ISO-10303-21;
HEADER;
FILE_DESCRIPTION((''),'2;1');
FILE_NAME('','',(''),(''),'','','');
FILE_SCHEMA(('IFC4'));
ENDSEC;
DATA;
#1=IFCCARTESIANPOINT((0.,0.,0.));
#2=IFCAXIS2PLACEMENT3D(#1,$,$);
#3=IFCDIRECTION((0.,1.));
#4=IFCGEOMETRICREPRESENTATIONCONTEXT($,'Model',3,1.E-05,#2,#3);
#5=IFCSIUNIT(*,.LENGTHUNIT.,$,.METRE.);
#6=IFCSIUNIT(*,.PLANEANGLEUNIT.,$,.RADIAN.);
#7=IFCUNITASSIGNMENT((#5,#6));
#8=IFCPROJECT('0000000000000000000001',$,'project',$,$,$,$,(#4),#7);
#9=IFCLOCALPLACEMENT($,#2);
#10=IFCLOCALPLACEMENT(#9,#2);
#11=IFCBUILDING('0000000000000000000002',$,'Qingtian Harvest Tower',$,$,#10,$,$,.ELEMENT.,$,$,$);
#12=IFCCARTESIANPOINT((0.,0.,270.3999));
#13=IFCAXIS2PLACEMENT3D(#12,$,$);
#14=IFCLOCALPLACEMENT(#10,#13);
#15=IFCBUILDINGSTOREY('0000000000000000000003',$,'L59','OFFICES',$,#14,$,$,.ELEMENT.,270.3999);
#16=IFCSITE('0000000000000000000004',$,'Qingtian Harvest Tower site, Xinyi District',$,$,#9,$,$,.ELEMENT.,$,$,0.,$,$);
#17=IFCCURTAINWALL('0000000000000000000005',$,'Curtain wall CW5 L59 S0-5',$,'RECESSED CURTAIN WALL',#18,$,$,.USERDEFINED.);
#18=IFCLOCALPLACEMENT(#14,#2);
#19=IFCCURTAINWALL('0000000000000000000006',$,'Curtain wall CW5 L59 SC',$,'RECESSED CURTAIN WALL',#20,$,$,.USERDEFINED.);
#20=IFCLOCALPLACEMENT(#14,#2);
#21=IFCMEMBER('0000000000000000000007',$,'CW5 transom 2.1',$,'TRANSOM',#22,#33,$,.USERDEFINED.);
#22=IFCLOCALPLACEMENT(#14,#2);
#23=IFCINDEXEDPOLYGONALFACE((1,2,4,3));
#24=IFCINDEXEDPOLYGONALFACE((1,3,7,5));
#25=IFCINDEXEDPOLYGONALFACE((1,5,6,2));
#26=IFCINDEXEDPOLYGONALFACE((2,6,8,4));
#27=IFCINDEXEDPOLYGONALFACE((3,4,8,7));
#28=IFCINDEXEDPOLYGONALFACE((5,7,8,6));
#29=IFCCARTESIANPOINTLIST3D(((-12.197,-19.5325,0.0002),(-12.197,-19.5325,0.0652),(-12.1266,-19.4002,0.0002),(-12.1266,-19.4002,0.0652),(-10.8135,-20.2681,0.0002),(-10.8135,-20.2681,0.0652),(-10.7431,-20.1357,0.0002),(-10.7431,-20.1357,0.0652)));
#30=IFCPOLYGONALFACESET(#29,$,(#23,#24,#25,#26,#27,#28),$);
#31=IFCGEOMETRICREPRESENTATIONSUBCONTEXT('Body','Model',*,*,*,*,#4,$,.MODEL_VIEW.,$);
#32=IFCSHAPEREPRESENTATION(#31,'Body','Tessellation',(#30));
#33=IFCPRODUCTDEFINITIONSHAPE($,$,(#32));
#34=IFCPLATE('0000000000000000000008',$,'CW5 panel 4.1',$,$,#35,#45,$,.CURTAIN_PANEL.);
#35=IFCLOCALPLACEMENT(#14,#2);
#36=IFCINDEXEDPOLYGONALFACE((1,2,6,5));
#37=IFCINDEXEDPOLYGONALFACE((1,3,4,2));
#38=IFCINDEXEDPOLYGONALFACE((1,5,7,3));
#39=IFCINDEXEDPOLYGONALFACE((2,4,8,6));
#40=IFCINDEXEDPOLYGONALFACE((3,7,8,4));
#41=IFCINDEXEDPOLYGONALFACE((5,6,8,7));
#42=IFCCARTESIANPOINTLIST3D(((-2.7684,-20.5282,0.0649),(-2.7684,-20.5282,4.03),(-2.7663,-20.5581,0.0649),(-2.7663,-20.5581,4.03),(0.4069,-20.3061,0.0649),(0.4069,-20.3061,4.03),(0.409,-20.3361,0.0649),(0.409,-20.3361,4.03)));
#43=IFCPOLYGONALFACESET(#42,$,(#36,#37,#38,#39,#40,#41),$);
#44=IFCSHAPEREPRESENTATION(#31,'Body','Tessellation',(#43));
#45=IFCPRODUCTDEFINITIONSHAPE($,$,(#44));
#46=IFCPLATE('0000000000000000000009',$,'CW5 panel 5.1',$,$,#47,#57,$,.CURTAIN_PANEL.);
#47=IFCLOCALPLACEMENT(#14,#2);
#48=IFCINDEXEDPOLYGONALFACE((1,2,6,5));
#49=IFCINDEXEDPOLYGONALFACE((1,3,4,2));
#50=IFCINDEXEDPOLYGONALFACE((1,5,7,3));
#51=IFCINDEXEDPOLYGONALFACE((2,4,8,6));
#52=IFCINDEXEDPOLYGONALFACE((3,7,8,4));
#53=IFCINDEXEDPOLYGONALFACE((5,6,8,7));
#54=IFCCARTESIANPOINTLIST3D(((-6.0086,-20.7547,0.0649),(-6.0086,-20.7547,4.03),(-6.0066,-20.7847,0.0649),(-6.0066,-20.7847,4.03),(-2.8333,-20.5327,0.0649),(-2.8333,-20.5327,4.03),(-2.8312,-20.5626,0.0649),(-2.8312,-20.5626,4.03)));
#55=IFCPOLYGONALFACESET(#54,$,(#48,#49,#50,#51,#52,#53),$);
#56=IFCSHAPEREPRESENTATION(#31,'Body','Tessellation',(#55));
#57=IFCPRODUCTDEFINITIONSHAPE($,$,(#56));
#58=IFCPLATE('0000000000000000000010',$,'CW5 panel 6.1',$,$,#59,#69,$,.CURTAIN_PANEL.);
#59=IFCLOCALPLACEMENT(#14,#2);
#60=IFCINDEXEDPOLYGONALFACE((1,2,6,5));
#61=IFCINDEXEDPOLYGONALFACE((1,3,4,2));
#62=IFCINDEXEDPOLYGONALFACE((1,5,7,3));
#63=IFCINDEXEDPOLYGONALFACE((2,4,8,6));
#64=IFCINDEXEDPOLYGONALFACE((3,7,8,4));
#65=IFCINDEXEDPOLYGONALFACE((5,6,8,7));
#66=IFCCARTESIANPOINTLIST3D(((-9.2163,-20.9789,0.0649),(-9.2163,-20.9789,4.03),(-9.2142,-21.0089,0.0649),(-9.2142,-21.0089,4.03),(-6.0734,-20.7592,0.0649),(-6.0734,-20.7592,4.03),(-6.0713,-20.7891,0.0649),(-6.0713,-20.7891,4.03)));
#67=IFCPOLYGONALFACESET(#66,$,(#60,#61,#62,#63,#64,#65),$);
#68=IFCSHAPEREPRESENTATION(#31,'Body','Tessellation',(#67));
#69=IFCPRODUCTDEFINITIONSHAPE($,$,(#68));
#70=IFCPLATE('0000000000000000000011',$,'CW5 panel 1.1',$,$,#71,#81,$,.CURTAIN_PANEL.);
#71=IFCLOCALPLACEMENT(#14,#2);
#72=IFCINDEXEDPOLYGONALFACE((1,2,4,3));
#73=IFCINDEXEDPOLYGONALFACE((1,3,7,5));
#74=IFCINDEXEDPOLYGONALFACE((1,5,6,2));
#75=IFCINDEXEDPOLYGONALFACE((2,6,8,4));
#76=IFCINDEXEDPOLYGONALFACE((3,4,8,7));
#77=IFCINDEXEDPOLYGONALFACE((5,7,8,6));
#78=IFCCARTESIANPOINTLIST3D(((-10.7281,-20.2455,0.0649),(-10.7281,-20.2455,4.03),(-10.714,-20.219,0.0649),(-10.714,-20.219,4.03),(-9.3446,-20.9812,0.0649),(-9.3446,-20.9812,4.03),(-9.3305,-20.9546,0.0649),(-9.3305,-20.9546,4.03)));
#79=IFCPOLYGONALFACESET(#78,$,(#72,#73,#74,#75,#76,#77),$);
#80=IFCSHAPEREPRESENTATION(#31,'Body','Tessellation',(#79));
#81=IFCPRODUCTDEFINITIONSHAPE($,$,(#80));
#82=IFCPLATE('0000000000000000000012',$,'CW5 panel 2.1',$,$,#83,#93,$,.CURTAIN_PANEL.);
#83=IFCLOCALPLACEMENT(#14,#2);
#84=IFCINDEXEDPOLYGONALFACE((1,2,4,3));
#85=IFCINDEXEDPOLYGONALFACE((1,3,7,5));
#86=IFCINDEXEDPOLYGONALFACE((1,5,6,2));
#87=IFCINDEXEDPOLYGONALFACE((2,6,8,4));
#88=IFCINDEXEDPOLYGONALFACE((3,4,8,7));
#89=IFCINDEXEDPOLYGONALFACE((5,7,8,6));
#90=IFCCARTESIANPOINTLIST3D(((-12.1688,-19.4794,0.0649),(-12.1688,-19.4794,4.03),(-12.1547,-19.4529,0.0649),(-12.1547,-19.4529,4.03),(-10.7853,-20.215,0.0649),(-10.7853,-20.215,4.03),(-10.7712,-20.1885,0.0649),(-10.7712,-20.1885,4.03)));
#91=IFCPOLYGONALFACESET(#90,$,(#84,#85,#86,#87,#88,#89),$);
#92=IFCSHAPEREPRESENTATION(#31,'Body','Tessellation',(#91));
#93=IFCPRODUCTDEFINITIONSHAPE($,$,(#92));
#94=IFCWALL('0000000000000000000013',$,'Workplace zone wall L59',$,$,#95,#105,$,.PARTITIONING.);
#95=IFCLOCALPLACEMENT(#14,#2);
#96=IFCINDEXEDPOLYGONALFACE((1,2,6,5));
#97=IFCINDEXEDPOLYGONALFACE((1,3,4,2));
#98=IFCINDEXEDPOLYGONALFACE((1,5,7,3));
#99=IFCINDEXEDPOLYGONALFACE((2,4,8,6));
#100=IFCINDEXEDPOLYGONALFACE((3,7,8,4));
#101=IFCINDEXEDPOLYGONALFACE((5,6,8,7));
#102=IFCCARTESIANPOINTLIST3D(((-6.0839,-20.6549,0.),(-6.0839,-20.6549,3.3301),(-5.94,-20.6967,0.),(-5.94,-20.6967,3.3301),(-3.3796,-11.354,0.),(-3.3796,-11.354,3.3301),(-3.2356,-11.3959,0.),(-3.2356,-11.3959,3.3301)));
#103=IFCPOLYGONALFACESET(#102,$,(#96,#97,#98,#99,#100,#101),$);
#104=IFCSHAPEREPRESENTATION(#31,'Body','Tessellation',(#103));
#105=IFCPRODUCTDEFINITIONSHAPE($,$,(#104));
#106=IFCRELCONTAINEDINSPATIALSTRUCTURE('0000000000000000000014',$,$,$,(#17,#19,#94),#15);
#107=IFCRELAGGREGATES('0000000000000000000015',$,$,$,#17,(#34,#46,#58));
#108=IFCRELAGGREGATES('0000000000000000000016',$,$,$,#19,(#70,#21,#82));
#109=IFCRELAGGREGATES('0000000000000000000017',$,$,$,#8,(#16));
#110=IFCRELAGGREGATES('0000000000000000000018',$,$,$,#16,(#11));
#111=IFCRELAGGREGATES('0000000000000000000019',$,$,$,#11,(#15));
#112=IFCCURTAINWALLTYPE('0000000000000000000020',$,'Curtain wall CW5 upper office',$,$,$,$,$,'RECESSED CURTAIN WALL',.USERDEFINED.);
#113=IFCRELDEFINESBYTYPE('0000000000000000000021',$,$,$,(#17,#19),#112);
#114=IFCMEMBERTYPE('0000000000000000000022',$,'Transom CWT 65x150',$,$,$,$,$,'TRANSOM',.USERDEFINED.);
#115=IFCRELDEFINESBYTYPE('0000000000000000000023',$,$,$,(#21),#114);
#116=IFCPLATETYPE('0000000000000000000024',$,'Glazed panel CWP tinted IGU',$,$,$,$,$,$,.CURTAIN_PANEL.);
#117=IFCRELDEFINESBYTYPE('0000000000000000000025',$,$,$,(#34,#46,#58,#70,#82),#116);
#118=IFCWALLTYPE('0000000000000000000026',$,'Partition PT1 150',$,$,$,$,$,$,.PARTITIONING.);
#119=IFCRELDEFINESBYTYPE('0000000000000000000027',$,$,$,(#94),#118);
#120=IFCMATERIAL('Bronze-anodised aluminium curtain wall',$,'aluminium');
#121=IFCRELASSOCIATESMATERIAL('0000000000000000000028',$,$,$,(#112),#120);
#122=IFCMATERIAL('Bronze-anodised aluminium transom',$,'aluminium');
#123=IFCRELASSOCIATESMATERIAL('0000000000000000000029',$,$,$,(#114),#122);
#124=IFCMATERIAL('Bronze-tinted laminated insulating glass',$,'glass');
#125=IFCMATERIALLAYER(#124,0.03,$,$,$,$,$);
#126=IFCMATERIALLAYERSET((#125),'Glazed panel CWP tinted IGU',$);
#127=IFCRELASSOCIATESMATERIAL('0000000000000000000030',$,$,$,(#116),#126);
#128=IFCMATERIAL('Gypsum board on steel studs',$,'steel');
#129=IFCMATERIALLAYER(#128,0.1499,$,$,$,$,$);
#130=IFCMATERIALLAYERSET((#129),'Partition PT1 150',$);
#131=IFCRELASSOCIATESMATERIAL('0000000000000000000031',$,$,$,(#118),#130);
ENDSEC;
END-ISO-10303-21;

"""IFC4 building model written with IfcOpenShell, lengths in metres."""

from ifc_helpers import new_model, si_unit, direction, frame, frame_2d, origin, origin_2d, place, context, subcontext, project, spatial, rectangle, extrude, material, layer, layer_set, material_profile, profile_set, type_object, element, aggregate, save


model = new_model("IFC4")

# Units and contexts
model_context = context("Model", 3, precision=1e-05, world=origin(), true_north=direction((0.0, 1.0)))
body_context = subcontext(model_context, "Body", "Model", "MODEL_VIEW")
ifc_project = project(units=[si_unit("LENGTHUNIT", "METRE"), si_unit("PLANEANGLEUNIT", "RADIAN")], contexts=[model_context])

# Site, building, storey
site_placement = place(None, origin())
site = spatial("IfcSite", under=ifc_project, at=site_placement, Name="Qingtian Harvest Tower site, Xinyi District", CompositionType="ELEMENT", RefElevation=0.0)
building_placement = place(site_placement, origin())
building = spatial("IfcBuilding", under=site, at=building_placement, Name="Qingtian Harvest Tower", CompositionType="ELEMENT")
storey_placement = place(building_placement, frame((0.0, 0.0, 270.3999)))
storey = spatial("IfcBuildingStorey", under=building, at=storey_placement, Name="L59", Description="OFFICES", CompositionType="ELEMENT", Elevation=270.3999)

# Curtain walls
ifc_material_1 = material(Name="Bronze-anodised aluminium curtain wall", Category="aluminium")
curtain_wall_type = type_object("IfcCurtainWallType", Name="Curtain wall CW5 upper office", ElementType="RECESSED CURTAIN WALL", PredefinedType="USERDEFINED", material=ifc_material_1)
curtain_wall_1_placement = place(storey_placement, origin())
curtain_wall_1 = element("IfcCurtainWall", 1, at=curtain_wall_1_placement, inside=storey, type_object=curtain_wall_type, Name="Curtain wall CW5 L59 S0-5", ObjectType="RECESSED CURTAIN WALL", PredefinedType="USERDEFINED")
curtain_wall_2_placement = place(storey_placement, origin())
curtain_wall_2 = element("IfcCurtainWall", 2, at=curtain_wall_2_placement, inside=storey, type_object=curtain_wall_type, Name="Curtain wall CW5 L59 SC", ObjectType="RECESSED CURTAIN WALL", PredefinedType="USERDEFINED")

# Member
ifc_material_2 = material(Name="Bronze-anodised aluminium transom", Category="aluminium")
ifc_material_profile_1 = material_profile(ifc_material_2, rectangle(XDim=0.1499, YDim=0.0649, at=origin_2d()), Name="AL 65x150")
ifc_profile_set_1 = profile_set([ifc_material_profile_1], Name="Bronze-anodised aluminium transom")
member_type_1 = type_object("IfcMemberType", Name="Transom CWT 65x150", ElementType="TRANSOM", PredefinedType="USERDEFINED", material=ifc_profile_set_1)
member_1_placement = place(storey_placement, frame((-10.7783, -20.2019, 0.0327), z_axis=(-0.88296, 0.469448, 0.0), x_axis=(-0.469448, -0.88296, 0.0)))
member_1 = element("IfcMember", 3, at=member_1_placement, type_object=member_type_1, Name="CW5 transom 2.1", ObjectType="TRANSOM", PredefinedType="USERDEFINED", context=body_context, shape_type="SweptSolid", body=[
    extrude(rectangle(XDim=0.1499, YDim=0.0649, at=origin_2d()), origin(), (0.0, 0.0, 1.0), 1.5669),
])

# Plates
ifc_material_3 = material(Name="Bronze-tinted laminated insulating glass", Category="glass")
ifc_layer_1 = layer(ifc_material_3, 0.03)
ifc_layer_set_1 = layer_set([ifc_layer_1], Name="Glazed panel CWP tinted IGU")
plate_type = type_object("IfcPlateType", Name="Glazed panel CWP tinted IGU", PredefinedType="CURTAIN_PANEL", material=ifc_layer_set_1)
plate_1_placement = place(storey_placement, frame((-1.1797, -20.4321, 0.0649), z_axis=(0.0, 0.0, 1.0), x_axis=(-0.997564, -0.069756, 0.0)))
plate_1 = element("IfcPlate", 4, at=plate_1_placement, type_object=plate_type, Name="CW5 panel 4.1", PredefinedType="CURTAIN_PANEL", context=body_context, shape_type="SweptSolid", body=[
    extrude(rectangle(XDim=3.1831, YDim=0.03, at=origin_2d()), origin(), (0.0, 0.0, 1.0), 3.9651),
])
plate_2_placement = place(storey_placement, frame((-4.4199, -20.6587, 0.0649), z_axis=(0.0, 0.0, 1.0), x_axis=(-0.997564, -0.069756, 0.0)))
plate_2 = element("IfcPlate", 5, at=plate_2_placement, type_object=plate_type, Name="CW5 panel 5.1", PredefinedType="CURTAIN_PANEL", context=body_context, shape_type="SweptSolid", body=[
    extrude(rectangle(XDim=3.1831, YDim=0.03, at=origin_2d()), origin(), (0.0, 0.0, 1.0), 3.9651),
])
plate_3_placement = place(storey_placement, frame((-7.6438, -20.884, 0.0649), z_axis=(0.0, 0.0, 1.0), x_axis=(-0.997564, -0.069756, 0.0)))
plate_3 = element("IfcPlate", 6, at=plate_3_placement, type_object=plate_type, Name="CW5 panel 6.1", PredefinedType="CURTAIN_PANEL", context=body_context, shape_type="SweptSolid", body=[
    extrude(rectangle(XDim=3.1506, YDim=0.03, at=origin_2d()), origin(), (0.0, 0.0, 1.0), 3.9651),
])
aggregate(curtain_wall_1, [plate_1, plate_2, plate_3])
plate_4_placement = place(storey_placement, frame((-10.0293, -20.6001, 0.0649), z_axis=(0.0, 0.0, 1.0), x_axis=(-0.882948, 0.469472, 0.0)))
plate_4 = element("IfcPlate", 7, at=plate_4_placement, type_object=plate_type, Name="CW5 panel 1.1", PredefinedType="CURTAIN_PANEL", context=body_context, shape_type="SweptSolid", body=[
    extrude(rectangle(XDim=1.5669, YDim=0.03, at=origin_2d()), origin(), (0.0, 0.0, 1.0), 3.9651),
])
plate_5_placement = place(storey_placement, frame((-11.47, -19.834, 0.0649), z_axis=(0.0, 0.0, 1.0), x_axis=(-0.882948, 0.469472, 0.0)))
plate_5 = element("IfcPlate", 8, at=plate_5_placement, type_object=plate_type, Name="CW5 panel 2.1", PredefinedType="CURTAIN_PANEL", context=body_context, shape_type="SweptSolid", body=[
    extrude(rectangle(XDim=1.5669, YDim=0.03, at=origin_2d()), origin(), (0.0, 0.0, 1.0), 3.9651),
])
aggregate(curtain_wall_2, [plate_4, member_1, plate_5])

# Shared definitions
ifc_material_4 = material(Name="Gypsum board on steel studs", Category="steel")
ifc_layer_2 = layer(ifc_material_4, 0.1499)
ifc_layer_set_2 = layer_set([ifc_layer_2], Name="Partition PT1 150")
wall_type = type_object("IfcWallType", Name="Partition PT1 150", PredefinedType="PARTITIONING", material=ifc_layer_set_2)

# Wall
wall_1_placement = place(storey_placement, frame((-6.012, -20.6758, 0.0), z_axis=(0.0, 0.0, 1.0), x_axis=(0.279202, 0.960232, 0.0)))
element("IfcWall", 9, at=wall_1_placement, inside=storey, type_object=wall_type, Name="Workplace zone wall L59", PredefinedType="PARTITIONING", context=body_context, shape_type="SweptSolid", body=[
    extrude(rectangle(XDim=9.686, YDim=0.1499, at=frame_2d((4.843, 0.0))), origin(), (0.0, 0.0, 1.0), 3.3301),
])

save(model, "model.ifc")
